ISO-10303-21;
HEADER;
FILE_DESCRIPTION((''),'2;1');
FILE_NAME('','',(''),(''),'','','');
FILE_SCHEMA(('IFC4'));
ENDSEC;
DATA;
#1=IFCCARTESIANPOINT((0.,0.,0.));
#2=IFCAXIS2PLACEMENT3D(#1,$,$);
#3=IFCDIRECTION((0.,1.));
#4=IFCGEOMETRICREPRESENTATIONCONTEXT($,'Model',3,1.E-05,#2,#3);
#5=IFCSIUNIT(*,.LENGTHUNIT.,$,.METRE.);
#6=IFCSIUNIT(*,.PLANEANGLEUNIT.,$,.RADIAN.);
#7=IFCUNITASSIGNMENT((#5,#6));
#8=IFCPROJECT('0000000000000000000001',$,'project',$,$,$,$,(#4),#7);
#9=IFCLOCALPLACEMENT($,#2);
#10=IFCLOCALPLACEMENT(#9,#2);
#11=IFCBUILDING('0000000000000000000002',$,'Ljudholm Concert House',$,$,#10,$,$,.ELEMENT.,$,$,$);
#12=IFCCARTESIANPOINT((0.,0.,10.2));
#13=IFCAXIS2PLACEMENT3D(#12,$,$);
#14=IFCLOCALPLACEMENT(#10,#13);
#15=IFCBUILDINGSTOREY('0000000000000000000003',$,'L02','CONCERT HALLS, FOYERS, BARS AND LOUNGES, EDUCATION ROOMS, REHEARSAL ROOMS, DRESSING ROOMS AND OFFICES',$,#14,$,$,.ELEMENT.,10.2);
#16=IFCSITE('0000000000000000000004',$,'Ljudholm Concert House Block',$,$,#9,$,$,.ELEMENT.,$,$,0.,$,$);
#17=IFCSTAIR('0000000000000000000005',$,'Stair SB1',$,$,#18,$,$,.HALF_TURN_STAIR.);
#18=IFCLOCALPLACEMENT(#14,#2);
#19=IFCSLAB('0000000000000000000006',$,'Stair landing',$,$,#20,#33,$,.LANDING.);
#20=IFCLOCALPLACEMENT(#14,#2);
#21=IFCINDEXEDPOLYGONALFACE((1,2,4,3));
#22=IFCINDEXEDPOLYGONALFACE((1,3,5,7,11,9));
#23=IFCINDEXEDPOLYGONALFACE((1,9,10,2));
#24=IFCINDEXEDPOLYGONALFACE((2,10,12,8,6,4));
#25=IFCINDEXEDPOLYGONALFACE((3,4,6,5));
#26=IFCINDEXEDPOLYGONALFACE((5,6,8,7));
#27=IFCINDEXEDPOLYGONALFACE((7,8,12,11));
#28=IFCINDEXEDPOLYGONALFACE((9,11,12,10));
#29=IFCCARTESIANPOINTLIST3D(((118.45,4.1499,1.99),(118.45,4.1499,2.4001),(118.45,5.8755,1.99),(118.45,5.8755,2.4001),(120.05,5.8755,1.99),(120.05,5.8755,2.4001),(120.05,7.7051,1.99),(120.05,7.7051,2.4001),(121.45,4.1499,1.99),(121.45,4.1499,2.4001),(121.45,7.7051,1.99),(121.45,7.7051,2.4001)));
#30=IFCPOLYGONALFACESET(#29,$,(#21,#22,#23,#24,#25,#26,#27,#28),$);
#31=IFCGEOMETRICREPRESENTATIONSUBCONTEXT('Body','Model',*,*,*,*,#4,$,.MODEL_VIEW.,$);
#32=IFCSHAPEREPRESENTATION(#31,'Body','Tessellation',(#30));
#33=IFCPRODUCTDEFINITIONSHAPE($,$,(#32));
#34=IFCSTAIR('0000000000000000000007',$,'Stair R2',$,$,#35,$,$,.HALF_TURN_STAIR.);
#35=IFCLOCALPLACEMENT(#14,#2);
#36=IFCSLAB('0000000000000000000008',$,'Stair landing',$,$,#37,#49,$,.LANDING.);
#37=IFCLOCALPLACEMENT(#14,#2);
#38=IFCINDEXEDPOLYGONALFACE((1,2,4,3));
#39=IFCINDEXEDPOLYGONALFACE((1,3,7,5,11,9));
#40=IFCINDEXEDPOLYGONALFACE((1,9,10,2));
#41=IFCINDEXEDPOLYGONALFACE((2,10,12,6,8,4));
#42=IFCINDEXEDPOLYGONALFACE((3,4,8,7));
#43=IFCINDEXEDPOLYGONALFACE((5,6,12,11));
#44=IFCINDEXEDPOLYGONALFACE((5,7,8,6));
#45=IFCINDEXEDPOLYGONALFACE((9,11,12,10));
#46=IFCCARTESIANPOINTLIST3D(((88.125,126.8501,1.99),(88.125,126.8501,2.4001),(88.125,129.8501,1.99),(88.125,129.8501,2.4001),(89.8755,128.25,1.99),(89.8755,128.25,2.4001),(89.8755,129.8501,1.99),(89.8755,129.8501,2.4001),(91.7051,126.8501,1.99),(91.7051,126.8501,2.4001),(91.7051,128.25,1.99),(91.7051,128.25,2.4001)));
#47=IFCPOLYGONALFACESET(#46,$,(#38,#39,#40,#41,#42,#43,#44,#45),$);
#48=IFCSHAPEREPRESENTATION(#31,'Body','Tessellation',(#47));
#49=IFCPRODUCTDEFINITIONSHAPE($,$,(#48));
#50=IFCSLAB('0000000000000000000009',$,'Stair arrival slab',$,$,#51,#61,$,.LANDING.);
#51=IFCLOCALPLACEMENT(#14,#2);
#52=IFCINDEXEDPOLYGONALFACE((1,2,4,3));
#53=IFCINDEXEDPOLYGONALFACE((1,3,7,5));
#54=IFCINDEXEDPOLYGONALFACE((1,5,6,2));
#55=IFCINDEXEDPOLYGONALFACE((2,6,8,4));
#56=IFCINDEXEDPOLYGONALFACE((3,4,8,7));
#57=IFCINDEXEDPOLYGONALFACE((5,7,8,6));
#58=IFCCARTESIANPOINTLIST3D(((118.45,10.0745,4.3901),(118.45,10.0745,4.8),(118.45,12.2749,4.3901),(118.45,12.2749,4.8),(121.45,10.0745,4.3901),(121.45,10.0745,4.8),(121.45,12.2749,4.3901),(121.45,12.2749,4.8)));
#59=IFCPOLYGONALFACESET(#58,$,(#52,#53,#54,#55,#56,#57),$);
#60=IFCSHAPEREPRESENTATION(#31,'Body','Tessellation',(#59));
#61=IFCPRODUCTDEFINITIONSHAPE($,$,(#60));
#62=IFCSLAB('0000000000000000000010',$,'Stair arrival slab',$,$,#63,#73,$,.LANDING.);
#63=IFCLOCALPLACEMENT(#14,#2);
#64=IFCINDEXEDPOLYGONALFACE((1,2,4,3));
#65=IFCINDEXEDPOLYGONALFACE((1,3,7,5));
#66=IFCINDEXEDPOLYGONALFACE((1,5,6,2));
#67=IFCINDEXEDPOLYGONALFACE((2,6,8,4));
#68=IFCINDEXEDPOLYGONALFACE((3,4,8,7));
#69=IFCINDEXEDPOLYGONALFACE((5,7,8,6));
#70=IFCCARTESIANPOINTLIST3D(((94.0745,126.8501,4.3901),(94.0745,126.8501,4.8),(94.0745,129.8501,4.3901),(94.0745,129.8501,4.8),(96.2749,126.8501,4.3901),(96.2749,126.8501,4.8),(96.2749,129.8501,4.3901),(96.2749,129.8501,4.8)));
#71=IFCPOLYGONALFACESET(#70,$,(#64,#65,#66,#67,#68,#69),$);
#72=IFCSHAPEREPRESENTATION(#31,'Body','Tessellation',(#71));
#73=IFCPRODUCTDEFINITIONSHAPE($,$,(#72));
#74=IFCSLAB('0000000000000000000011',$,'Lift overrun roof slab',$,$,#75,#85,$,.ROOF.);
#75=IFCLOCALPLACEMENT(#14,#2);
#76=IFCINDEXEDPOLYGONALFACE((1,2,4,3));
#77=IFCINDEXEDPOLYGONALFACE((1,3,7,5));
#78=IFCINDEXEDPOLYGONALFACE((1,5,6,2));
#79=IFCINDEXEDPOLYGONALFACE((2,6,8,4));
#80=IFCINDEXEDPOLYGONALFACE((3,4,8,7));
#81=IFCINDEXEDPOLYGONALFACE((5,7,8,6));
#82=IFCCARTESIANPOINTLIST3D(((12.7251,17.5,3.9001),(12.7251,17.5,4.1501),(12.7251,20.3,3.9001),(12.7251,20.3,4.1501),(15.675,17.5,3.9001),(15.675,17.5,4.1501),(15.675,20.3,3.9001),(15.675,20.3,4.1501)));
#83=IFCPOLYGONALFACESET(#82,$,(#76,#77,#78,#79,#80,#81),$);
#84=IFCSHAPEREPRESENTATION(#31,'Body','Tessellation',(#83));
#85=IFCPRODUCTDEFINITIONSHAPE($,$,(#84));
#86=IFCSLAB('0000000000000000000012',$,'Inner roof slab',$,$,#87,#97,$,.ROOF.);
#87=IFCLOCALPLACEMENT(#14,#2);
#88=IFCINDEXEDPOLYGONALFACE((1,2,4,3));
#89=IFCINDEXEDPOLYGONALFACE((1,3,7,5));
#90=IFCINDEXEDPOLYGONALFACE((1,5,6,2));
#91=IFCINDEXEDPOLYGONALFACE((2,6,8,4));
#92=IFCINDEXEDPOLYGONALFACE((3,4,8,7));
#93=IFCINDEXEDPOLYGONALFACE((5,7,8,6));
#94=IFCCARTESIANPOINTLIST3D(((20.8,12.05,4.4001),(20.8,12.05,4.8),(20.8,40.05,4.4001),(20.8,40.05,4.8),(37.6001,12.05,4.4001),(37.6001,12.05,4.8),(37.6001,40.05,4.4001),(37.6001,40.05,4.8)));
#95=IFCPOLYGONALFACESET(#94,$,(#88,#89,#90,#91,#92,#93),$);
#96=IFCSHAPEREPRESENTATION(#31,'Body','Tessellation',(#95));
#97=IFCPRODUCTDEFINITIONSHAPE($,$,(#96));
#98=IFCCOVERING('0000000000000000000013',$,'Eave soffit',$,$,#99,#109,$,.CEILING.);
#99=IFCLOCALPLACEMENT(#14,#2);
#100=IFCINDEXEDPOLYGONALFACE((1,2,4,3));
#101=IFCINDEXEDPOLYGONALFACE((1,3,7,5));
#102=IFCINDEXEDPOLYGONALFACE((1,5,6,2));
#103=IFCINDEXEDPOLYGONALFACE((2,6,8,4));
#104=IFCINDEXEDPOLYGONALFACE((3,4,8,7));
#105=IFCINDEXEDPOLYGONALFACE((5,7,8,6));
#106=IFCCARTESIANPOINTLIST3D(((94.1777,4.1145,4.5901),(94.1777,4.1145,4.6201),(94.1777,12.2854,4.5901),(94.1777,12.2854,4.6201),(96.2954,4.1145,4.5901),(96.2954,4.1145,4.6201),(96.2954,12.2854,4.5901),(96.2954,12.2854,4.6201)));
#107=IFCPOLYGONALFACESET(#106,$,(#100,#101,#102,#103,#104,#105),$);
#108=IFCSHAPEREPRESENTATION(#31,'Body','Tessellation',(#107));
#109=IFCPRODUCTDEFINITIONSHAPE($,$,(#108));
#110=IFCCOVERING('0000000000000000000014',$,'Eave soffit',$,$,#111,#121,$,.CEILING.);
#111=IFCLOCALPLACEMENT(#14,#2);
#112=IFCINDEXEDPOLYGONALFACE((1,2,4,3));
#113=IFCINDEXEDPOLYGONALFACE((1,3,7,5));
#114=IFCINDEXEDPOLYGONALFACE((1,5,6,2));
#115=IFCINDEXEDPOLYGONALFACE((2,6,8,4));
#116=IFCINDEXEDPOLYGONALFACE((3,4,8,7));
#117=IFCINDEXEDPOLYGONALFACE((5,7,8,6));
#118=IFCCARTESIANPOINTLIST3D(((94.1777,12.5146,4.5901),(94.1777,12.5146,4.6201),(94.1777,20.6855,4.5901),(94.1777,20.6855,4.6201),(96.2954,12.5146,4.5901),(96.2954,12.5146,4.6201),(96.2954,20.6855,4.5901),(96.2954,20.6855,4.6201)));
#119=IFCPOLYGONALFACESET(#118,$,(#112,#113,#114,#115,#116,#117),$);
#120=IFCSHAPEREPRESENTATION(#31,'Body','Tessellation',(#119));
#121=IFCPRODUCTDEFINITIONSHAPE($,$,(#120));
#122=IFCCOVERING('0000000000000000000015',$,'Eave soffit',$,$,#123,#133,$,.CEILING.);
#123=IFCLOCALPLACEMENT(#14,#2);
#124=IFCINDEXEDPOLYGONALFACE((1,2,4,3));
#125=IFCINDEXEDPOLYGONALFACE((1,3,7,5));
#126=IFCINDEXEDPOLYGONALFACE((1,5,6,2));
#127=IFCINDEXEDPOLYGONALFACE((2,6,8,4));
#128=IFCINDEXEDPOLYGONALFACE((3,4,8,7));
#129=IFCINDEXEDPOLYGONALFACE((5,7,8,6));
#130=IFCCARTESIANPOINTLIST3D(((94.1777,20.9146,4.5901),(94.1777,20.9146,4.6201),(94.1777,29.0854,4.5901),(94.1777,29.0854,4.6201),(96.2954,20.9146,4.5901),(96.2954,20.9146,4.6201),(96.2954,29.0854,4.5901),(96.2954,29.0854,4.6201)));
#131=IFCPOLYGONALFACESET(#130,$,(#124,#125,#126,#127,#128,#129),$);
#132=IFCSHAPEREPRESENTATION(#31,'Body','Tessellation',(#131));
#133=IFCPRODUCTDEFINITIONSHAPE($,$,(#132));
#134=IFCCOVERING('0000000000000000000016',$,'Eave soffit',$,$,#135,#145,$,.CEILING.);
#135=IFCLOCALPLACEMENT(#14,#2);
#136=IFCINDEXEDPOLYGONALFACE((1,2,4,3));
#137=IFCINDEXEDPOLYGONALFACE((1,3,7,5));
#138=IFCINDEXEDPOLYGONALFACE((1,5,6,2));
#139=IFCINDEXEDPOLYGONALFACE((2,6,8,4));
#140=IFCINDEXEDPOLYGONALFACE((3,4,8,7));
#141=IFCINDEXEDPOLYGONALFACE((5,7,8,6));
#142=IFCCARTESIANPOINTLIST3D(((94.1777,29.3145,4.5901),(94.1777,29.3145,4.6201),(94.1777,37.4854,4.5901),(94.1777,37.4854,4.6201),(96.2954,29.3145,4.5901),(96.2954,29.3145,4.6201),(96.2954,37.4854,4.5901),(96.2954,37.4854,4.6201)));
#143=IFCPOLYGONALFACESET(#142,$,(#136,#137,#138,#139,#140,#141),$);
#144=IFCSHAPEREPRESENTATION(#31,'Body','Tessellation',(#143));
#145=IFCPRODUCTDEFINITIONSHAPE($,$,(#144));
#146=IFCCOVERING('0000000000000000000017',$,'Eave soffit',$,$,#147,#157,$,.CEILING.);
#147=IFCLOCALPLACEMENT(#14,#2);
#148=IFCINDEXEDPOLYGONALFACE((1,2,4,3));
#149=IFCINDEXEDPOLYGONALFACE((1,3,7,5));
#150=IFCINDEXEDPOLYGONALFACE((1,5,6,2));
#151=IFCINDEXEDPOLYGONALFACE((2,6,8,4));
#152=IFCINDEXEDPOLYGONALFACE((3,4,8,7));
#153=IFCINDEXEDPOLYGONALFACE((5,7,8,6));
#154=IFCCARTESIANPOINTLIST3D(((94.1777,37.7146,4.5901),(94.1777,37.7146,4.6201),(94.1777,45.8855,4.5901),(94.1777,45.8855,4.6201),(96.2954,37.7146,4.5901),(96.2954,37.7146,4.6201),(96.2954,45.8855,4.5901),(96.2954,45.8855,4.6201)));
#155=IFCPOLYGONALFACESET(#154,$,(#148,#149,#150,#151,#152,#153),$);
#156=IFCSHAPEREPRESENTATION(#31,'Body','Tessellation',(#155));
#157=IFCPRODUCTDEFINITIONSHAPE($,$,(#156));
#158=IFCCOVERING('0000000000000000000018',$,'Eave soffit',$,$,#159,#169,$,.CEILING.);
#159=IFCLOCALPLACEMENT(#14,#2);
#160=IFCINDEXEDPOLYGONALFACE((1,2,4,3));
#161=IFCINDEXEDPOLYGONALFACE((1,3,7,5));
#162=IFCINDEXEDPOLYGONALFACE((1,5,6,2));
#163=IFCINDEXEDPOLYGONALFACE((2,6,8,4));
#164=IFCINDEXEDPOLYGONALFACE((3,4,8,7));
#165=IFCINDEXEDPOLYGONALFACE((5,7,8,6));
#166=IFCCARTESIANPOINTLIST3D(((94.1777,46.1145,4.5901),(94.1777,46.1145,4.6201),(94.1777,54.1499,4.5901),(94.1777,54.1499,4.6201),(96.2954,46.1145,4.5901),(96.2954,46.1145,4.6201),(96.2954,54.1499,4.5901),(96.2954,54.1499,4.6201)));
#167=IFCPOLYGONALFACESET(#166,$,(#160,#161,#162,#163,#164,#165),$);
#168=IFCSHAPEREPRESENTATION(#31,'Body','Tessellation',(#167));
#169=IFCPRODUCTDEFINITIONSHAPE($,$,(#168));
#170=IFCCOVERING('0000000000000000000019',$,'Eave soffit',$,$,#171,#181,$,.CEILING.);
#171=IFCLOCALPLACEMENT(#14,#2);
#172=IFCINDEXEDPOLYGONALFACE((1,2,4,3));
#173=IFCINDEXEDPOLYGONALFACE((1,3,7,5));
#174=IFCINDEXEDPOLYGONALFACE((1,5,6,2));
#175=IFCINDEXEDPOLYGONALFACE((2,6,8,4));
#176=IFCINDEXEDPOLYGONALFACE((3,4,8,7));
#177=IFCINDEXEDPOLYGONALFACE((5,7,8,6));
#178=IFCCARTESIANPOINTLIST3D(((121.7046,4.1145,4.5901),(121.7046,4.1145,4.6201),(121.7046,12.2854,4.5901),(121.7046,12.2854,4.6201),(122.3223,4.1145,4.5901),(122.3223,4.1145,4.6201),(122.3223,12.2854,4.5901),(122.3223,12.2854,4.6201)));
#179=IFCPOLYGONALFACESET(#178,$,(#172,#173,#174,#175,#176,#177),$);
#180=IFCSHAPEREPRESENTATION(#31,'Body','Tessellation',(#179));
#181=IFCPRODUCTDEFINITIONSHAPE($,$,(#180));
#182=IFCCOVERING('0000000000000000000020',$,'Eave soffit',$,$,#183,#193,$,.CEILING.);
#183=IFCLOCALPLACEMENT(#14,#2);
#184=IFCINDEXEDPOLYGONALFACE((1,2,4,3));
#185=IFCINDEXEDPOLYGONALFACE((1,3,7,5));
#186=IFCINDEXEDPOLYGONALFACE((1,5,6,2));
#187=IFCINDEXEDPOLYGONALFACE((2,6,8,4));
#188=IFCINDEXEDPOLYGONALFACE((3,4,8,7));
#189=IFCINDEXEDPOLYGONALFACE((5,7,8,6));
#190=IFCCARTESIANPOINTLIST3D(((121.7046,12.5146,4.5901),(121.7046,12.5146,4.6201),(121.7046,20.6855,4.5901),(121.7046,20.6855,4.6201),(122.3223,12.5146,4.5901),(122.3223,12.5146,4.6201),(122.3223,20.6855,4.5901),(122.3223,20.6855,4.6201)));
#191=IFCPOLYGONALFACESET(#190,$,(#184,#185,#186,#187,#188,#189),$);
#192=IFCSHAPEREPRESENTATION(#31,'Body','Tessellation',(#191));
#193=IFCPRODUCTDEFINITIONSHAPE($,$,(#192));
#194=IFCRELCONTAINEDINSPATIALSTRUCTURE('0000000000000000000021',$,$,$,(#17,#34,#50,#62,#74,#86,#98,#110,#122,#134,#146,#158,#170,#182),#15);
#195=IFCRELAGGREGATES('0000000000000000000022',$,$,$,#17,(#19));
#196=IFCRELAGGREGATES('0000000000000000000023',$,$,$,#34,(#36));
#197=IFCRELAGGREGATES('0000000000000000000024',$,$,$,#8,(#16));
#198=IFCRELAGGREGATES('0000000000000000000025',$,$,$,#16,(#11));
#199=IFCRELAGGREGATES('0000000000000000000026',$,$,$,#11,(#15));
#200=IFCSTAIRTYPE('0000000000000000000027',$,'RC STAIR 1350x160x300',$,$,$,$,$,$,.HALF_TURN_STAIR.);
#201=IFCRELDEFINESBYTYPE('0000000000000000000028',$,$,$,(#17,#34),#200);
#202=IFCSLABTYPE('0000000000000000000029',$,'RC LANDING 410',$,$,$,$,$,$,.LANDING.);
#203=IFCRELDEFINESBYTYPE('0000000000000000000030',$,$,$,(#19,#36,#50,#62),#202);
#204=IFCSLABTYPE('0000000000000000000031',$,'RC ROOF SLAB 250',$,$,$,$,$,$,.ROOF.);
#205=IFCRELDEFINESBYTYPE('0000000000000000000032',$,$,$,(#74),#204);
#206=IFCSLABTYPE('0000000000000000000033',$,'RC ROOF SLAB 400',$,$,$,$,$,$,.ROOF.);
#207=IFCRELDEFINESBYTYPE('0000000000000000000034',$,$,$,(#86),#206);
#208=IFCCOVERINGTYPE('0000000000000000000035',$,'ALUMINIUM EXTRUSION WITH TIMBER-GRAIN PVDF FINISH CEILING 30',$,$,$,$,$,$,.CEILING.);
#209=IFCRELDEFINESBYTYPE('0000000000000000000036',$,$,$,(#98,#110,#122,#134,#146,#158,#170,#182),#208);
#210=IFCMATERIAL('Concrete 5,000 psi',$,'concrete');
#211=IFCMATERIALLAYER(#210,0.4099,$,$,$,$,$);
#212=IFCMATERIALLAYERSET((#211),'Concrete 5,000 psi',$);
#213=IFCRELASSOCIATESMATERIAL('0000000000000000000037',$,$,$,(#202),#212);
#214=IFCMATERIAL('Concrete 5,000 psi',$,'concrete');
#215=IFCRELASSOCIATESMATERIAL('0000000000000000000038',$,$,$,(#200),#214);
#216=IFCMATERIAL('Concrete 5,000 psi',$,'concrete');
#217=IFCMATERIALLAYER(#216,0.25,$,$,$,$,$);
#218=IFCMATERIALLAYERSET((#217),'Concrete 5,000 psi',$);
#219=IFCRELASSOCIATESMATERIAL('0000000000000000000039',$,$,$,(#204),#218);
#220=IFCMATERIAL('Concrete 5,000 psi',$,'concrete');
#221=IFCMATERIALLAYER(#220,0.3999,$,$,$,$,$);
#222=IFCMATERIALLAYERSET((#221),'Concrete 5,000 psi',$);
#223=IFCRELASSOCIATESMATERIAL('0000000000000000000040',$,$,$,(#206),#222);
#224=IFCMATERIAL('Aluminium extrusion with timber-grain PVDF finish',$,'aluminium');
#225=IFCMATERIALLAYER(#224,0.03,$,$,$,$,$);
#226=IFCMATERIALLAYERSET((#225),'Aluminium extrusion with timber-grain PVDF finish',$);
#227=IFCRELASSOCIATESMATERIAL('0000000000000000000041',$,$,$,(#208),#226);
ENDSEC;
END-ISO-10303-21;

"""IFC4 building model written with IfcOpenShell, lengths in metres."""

from ifc_helpers import new_model, si_unit, direction, frame, origin, place, context, subcontext, project, spatial, polyline, outline, extrude, material, layer, layer_set, type_object, element, aggregate, save


model = new_model("IFC4")

# Units and contexts
model_context = context("Model", 3, precision=1e-05, world=origin(), true_north=direction((0.0, 1.0)))
body_context = subcontext(model_context, "Body", "Model", "MODEL_VIEW")
ifc_project = project(units=[si_unit("LENGTHUNIT", "METRE"), si_unit("PLANEANGLEUNIT", "RADIAN")], contexts=[model_context])

# Site, building, storey
site_placement = place(None, origin())
site = spatial("IfcSite", under=ifc_project, at=site_placement, Name="Ljudholm Concert House Block", CompositionType="ELEMENT", RefElevation=0.0)
building_placement = place(site_placement, origin())
building = spatial("IfcBuilding", under=site, at=building_placement, Name="Ljudholm Concert House", CompositionType="ELEMENT")
storey_placement = place(building_placement, frame((0.0, 0.0, 10.2)))
storey = spatial("IfcBuildingStorey", under=building, at=storey_placement, Name="L02", Description="CONCERT HALLS, FOYERS, BARS AND LOUNGES, EDUCATION ROOMS, REHEARSAL ROOMS, DRESSING ROOMS AND OFFICES", CompositionType="ELEMENT", Elevation=10.2)

# Stairs, slabs
ifc_material_1 = material(Name="Concrete 5,000 psi", Category="concrete")
ifc_layer_1 = layer(ifc_material_1, 0.4099)
ifc_layer_set_1 = layer_set([ifc_layer_1], Name="Concrete 5,000 psi")
slab_type_1 = type_object("IfcSlabType", Name="RC LANDING 410", PredefinedType="LANDING", material=ifc_layer_set_1)
ifc_material_2 = material(Name="Concrete 5,000 psi", Category="concrete")
stair_type_1 = type_object("IfcStairType", Name="RC STAIR 1350x160x300", PredefinedType="HALF_TURN_STAIR", material=ifc_material_2)
stair_1_placement = place(storey_placement, origin())
stair_1 = element("IfcStair", 1, at=stair_1_placement, inside=storey, type_object=stair_type_1, Name="Stair SB1", PredefinedType="HALF_TURN_STAIR")
slab_1_placement = place(storey_placement, frame((0.0, 0.0, 1.99)))
slab_1 = element("IfcSlab", 2, at=slab_1_placement, type_object=slab_type_1, Name="Stair landing", PredefinedType="LANDING", context=body_context, shape_type="SweptSolid", body=[
    extrude(outline(polyline([(121.45, 7.7051), (120.05, 7.7051), (120.05, 5.8755), (118.45, 5.8755), (118.45, 4.1499), (121.45, 4.1499), (121.45, 7.7051)])), origin(), (0.0, 0.0, 1.0), 0.4102),
])
aggregate(stair_1, [slab_1])
stair_2_placement = place(storey_placement, origin())
stair_2 = element("IfcStair", 3, at=stair_2_placement, inside=storey, type_object=stair_type_1, Name="Stair R2", PredefinedType="HALF_TURN_STAIR")
slab_2_placement = place(storey_placement, frame((0.0, 0.0, 1.99)))
slab_2 = element("IfcSlab", 4, at=slab_2_placement, type_object=slab_type_1, Name="Stair landing", PredefinedType="LANDING", context=body_context, shape_type="SweptSolid", body=[
    extrude(outline(polyline([(91.7051, 126.8501), (91.7051, 128.25), (89.8755, 128.25), (89.8755, 129.8501), (88.125, 129.8501), (88.125, 126.8501), (91.7051, 126.8501)])), origin(), (0.0, 0.0, 1.0), 0.4102),
])
aggregate(stair_2, [slab_2])

# Slabs
slab_3_placement = place(storey_placement, frame((0.0, 0.0, 4.3901)))
element("IfcSlab", 5, at=slab_3_placement, inside=storey, type_object=slab_type_1, Name="Stair arrival slab", PredefinedType="LANDING", context=body_context, shape_type="SweptSolid", body=[
    extrude(outline(polyline([(118.45, 12.2749), (121.45, 12.2749), (121.45, 10.0745), (118.45, 10.0745), (118.45, 12.2749)])), origin(), (0.0, 0.0, 1.0), 0.4099),
])
slab_4_placement = place(storey_placement, frame((0.0, 0.0, 4.3901)))
element("IfcSlab", 6, at=slab_4_placement, inside=storey, type_object=slab_type_1, Name="Stair arrival slab", PredefinedType="LANDING", context=body_context, shape_type="SweptSolid", body=[
    extrude(outline(polyline([(96.2749, 129.8501), (96.2749, 126.8501), (94.0745, 126.8501), (94.0745, 129.8501), (96.2749, 129.8501)])), origin(), (0.0, 0.0, 1.0), 0.4099),
])
ifc_material_3 = material(Name="Concrete 5,000 psi", Category="concrete")
ifc_layer_2 = layer(ifc_material_3, 0.25)
ifc_layer_set_2 = layer_set([ifc_layer_2], Name="Concrete 5,000 psi")
slab_type_2 = type_object("IfcSlabType", Name="RC ROOF SLAB 250", PredefinedType="ROOF", material=ifc_layer_set_2)
slab_5_placement = place(storey_placement, frame((0.0, 0.0, 3.9001)))
element("IfcSlab", 7, at=slab_5_placement, inside=storey, type_object=slab_type_2, Name="Lift overrun roof slab", PredefinedType="ROOF", context=body_context, shape_type="SweptSolid", body=[
    extrude(outline(polyline([(12.7251, 17.5), (15.675, 17.5), (15.675, 20.3), (12.7251, 20.3), (12.7251, 17.5)])), origin(), (0.0, 0.0, 1.0), 0.25),
])
ifc_material_4 = material(Name="Concrete 5,000 psi", Category="concrete")
ifc_layer_3 = layer(ifc_material_4, 0.3999)
ifc_layer_set_3 = layer_set([ifc_layer_3], Name="Concrete 5,000 psi")
slab_type_3 = type_object("IfcSlabType", Name="RC ROOF SLAB 400", PredefinedType="ROOF", material=ifc_layer_set_3)
slab_6_placement = place(storey_placement, frame((0.0, 0.0, 4.4001)))
element("IfcSlab", 8, at=slab_6_placement, inside=storey, type_object=slab_type_3, Name="Inner roof slab", PredefinedType="ROOF", context=body_context, shape_type="SweptSolid", body=[
    extrude(outline(polyline([(20.8, 12.05), (37.6001, 12.05), (37.6001, 40.05), (20.8, 40.05), (20.8, 12.05)])), origin(), (0.0, 0.0, 1.0), 0.3999),
])

# Coverings
ifc_material_5 = material(Name="Aluminium extrusion with timber-grain PVDF finish", Category="aluminium")
ifc_layer_4 = layer(ifc_material_5, 0.03)
ifc_layer_set_4 = layer_set([ifc_layer_4], Name="Aluminium extrusion with timber-grain PVDF finish")
covering_type = type_object("IfcCoveringType", Name="ALUMINIUM EXTRUSION WITH TIMBER-GRAIN PVDF FINISH CEILING 30", PredefinedType="CEILING", material=ifc_layer_set_4)
covering_1_placement = place(storey_placement, frame((0.0, 0.0, 4.5901)))
element("IfcCovering", 9, at=covering_1_placement, inside=storey, type_object=covering_type, Name="Eave soffit", PredefinedType="CEILING", context=body_context, shape_type="SweptSolid", body=[
    extrude(outline(polyline([(94.1777, 4.1145), (96.2954, 4.1145), (96.2954, 12.2854), (94.1777, 12.2854), (94.1777, 4.1145)])), origin(), (0.0, 0.0, 1.0), 0.03),
])
covering_2_placement = place(storey_placement, frame((0.0, 0.0, 4.5901)))
element("IfcCovering", 10, at=covering_2_placement, inside=storey, type_object=covering_type, Name="Eave soffit", PredefinedType="CEILING", context=body_context, shape_type="SweptSolid", body=[
    extrude(outline(polyline([(94.1777, 12.5146), (96.2954, 12.5146), (96.2954, 20.6855), (94.1777, 20.6855), (94.1777, 12.5146)])), origin(), (0.0, 0.0, 1.0), 0.03),
])
covering_3_placement = place(storey_placement, frame((0.0, 0.0, 4.5901)))
element("IfcCovering", 11, at=covering_3_placement, inside=storey, type_object=covering_type, Name="Eave soffit", PredefinedType="CEILING", context=body_context, shape_type="SweptSolid", body=[
    extrude(outline(polyline([(94.1777, 20.9146), (96.2954, 20.9146), (96.2954, 29.0854), (94.1777, 29.0854), (94.1777, 20.9146)])), origin(), (0.0, 0.0, 1.0), 0.03),
])
covering_4_placement = place(storey_placement, frame((0.0, 0.0, 4.5901)))
element("IfcCovering", 12, at=covering_4_placement, inside=storey, type_object=covering_type, Name="Eave soffit", PredefinedType="CEILING", context=body_context, shape_type="SweptSolid", body=[
    extrude(outline(polyline([(94.1777, 29.3145), (96.2954, 29.3145), (96.2954, 37.4854), (94.1777, 37.4854), (94.1777, 29.3145)])), origin(), (0.0, 0.0, 1.0), 0.03),
])
covering_5_placement = place(storey_placement, frame((0.0, 0.0, 4.5901)))
element("IfcCovering", 13, at=covering_5_placement, inside=storey, type_object=covering_type, Name="Eave soffit", PredefinedType="CEILING", context=body_context, shape_type="SweptSolid", body=[
    extrude(outline(polyline([(94.1777, 37.7146), (96.2954, 37.7146), (96.2954, 45.8855), (94.1777, 45.8855), (94.1777, 37.7146)])), origin(), (0.0, 0.0, 1.0), 0.03),
])
covering_6_placement = place(storey_placement, frame((0.0, 0.0, 4.5901)))
element("IfcCovering", 14, at=covering_6_placement, inside=storey, type_object=covering_type, Name="Eave soffit", PredefinedType="CEILING", context=body_context, shape_type="SweptSolid", body=[
    extrude(outline(polyline([(94.1777, 46.1145), (96.2954, 46.1145), (96.2954, 54.1499), (94.1777, 54.1499), (94.1777, 46.1145)])), origin(), (0.0, 0.0, 1.0), 0.03),
])
covering_7_placement = place(storey_placement, frame((0.0, 0.0, 4.5901)))
element("IfcCovering", 15, at=covering_7_placement, inside=storey, type_object=covering_type, Name="Eave soffit", PredefinedType="CEILING", context=body_context, shape_type="SweptSolid", body=[
    extrude(outline(polyline([(121.7046, 4.1145), (122.3223, 4.1145), (122.3223, 12.2854), (121.7046, 12.2854), (121.7046, 4.1145)])), origin(), (0.0, 0.0, 1.0), 0.03),
])
covering_8_placement = place(storey_placement, frame((0.0, 0.0, 4.5901)))
element("IfcCovering", 16, at=covering_8_placement, inside=storey, type_object=covering_type, Name="Eave soffit", PredefinedType="CEILING", context=body_context, shape_type="SweptSolid", body=[
    extrude(outline(polyline([(121.7046, 12.5146), (122.3223, 12.5146), (122.3223, 20.6855), (121.7046, 20.6855), (121.7046, 12.5146)])), origin(), (0.0, 0.0, 1.0), 0.03),
])

save(model, "model.ifc")
